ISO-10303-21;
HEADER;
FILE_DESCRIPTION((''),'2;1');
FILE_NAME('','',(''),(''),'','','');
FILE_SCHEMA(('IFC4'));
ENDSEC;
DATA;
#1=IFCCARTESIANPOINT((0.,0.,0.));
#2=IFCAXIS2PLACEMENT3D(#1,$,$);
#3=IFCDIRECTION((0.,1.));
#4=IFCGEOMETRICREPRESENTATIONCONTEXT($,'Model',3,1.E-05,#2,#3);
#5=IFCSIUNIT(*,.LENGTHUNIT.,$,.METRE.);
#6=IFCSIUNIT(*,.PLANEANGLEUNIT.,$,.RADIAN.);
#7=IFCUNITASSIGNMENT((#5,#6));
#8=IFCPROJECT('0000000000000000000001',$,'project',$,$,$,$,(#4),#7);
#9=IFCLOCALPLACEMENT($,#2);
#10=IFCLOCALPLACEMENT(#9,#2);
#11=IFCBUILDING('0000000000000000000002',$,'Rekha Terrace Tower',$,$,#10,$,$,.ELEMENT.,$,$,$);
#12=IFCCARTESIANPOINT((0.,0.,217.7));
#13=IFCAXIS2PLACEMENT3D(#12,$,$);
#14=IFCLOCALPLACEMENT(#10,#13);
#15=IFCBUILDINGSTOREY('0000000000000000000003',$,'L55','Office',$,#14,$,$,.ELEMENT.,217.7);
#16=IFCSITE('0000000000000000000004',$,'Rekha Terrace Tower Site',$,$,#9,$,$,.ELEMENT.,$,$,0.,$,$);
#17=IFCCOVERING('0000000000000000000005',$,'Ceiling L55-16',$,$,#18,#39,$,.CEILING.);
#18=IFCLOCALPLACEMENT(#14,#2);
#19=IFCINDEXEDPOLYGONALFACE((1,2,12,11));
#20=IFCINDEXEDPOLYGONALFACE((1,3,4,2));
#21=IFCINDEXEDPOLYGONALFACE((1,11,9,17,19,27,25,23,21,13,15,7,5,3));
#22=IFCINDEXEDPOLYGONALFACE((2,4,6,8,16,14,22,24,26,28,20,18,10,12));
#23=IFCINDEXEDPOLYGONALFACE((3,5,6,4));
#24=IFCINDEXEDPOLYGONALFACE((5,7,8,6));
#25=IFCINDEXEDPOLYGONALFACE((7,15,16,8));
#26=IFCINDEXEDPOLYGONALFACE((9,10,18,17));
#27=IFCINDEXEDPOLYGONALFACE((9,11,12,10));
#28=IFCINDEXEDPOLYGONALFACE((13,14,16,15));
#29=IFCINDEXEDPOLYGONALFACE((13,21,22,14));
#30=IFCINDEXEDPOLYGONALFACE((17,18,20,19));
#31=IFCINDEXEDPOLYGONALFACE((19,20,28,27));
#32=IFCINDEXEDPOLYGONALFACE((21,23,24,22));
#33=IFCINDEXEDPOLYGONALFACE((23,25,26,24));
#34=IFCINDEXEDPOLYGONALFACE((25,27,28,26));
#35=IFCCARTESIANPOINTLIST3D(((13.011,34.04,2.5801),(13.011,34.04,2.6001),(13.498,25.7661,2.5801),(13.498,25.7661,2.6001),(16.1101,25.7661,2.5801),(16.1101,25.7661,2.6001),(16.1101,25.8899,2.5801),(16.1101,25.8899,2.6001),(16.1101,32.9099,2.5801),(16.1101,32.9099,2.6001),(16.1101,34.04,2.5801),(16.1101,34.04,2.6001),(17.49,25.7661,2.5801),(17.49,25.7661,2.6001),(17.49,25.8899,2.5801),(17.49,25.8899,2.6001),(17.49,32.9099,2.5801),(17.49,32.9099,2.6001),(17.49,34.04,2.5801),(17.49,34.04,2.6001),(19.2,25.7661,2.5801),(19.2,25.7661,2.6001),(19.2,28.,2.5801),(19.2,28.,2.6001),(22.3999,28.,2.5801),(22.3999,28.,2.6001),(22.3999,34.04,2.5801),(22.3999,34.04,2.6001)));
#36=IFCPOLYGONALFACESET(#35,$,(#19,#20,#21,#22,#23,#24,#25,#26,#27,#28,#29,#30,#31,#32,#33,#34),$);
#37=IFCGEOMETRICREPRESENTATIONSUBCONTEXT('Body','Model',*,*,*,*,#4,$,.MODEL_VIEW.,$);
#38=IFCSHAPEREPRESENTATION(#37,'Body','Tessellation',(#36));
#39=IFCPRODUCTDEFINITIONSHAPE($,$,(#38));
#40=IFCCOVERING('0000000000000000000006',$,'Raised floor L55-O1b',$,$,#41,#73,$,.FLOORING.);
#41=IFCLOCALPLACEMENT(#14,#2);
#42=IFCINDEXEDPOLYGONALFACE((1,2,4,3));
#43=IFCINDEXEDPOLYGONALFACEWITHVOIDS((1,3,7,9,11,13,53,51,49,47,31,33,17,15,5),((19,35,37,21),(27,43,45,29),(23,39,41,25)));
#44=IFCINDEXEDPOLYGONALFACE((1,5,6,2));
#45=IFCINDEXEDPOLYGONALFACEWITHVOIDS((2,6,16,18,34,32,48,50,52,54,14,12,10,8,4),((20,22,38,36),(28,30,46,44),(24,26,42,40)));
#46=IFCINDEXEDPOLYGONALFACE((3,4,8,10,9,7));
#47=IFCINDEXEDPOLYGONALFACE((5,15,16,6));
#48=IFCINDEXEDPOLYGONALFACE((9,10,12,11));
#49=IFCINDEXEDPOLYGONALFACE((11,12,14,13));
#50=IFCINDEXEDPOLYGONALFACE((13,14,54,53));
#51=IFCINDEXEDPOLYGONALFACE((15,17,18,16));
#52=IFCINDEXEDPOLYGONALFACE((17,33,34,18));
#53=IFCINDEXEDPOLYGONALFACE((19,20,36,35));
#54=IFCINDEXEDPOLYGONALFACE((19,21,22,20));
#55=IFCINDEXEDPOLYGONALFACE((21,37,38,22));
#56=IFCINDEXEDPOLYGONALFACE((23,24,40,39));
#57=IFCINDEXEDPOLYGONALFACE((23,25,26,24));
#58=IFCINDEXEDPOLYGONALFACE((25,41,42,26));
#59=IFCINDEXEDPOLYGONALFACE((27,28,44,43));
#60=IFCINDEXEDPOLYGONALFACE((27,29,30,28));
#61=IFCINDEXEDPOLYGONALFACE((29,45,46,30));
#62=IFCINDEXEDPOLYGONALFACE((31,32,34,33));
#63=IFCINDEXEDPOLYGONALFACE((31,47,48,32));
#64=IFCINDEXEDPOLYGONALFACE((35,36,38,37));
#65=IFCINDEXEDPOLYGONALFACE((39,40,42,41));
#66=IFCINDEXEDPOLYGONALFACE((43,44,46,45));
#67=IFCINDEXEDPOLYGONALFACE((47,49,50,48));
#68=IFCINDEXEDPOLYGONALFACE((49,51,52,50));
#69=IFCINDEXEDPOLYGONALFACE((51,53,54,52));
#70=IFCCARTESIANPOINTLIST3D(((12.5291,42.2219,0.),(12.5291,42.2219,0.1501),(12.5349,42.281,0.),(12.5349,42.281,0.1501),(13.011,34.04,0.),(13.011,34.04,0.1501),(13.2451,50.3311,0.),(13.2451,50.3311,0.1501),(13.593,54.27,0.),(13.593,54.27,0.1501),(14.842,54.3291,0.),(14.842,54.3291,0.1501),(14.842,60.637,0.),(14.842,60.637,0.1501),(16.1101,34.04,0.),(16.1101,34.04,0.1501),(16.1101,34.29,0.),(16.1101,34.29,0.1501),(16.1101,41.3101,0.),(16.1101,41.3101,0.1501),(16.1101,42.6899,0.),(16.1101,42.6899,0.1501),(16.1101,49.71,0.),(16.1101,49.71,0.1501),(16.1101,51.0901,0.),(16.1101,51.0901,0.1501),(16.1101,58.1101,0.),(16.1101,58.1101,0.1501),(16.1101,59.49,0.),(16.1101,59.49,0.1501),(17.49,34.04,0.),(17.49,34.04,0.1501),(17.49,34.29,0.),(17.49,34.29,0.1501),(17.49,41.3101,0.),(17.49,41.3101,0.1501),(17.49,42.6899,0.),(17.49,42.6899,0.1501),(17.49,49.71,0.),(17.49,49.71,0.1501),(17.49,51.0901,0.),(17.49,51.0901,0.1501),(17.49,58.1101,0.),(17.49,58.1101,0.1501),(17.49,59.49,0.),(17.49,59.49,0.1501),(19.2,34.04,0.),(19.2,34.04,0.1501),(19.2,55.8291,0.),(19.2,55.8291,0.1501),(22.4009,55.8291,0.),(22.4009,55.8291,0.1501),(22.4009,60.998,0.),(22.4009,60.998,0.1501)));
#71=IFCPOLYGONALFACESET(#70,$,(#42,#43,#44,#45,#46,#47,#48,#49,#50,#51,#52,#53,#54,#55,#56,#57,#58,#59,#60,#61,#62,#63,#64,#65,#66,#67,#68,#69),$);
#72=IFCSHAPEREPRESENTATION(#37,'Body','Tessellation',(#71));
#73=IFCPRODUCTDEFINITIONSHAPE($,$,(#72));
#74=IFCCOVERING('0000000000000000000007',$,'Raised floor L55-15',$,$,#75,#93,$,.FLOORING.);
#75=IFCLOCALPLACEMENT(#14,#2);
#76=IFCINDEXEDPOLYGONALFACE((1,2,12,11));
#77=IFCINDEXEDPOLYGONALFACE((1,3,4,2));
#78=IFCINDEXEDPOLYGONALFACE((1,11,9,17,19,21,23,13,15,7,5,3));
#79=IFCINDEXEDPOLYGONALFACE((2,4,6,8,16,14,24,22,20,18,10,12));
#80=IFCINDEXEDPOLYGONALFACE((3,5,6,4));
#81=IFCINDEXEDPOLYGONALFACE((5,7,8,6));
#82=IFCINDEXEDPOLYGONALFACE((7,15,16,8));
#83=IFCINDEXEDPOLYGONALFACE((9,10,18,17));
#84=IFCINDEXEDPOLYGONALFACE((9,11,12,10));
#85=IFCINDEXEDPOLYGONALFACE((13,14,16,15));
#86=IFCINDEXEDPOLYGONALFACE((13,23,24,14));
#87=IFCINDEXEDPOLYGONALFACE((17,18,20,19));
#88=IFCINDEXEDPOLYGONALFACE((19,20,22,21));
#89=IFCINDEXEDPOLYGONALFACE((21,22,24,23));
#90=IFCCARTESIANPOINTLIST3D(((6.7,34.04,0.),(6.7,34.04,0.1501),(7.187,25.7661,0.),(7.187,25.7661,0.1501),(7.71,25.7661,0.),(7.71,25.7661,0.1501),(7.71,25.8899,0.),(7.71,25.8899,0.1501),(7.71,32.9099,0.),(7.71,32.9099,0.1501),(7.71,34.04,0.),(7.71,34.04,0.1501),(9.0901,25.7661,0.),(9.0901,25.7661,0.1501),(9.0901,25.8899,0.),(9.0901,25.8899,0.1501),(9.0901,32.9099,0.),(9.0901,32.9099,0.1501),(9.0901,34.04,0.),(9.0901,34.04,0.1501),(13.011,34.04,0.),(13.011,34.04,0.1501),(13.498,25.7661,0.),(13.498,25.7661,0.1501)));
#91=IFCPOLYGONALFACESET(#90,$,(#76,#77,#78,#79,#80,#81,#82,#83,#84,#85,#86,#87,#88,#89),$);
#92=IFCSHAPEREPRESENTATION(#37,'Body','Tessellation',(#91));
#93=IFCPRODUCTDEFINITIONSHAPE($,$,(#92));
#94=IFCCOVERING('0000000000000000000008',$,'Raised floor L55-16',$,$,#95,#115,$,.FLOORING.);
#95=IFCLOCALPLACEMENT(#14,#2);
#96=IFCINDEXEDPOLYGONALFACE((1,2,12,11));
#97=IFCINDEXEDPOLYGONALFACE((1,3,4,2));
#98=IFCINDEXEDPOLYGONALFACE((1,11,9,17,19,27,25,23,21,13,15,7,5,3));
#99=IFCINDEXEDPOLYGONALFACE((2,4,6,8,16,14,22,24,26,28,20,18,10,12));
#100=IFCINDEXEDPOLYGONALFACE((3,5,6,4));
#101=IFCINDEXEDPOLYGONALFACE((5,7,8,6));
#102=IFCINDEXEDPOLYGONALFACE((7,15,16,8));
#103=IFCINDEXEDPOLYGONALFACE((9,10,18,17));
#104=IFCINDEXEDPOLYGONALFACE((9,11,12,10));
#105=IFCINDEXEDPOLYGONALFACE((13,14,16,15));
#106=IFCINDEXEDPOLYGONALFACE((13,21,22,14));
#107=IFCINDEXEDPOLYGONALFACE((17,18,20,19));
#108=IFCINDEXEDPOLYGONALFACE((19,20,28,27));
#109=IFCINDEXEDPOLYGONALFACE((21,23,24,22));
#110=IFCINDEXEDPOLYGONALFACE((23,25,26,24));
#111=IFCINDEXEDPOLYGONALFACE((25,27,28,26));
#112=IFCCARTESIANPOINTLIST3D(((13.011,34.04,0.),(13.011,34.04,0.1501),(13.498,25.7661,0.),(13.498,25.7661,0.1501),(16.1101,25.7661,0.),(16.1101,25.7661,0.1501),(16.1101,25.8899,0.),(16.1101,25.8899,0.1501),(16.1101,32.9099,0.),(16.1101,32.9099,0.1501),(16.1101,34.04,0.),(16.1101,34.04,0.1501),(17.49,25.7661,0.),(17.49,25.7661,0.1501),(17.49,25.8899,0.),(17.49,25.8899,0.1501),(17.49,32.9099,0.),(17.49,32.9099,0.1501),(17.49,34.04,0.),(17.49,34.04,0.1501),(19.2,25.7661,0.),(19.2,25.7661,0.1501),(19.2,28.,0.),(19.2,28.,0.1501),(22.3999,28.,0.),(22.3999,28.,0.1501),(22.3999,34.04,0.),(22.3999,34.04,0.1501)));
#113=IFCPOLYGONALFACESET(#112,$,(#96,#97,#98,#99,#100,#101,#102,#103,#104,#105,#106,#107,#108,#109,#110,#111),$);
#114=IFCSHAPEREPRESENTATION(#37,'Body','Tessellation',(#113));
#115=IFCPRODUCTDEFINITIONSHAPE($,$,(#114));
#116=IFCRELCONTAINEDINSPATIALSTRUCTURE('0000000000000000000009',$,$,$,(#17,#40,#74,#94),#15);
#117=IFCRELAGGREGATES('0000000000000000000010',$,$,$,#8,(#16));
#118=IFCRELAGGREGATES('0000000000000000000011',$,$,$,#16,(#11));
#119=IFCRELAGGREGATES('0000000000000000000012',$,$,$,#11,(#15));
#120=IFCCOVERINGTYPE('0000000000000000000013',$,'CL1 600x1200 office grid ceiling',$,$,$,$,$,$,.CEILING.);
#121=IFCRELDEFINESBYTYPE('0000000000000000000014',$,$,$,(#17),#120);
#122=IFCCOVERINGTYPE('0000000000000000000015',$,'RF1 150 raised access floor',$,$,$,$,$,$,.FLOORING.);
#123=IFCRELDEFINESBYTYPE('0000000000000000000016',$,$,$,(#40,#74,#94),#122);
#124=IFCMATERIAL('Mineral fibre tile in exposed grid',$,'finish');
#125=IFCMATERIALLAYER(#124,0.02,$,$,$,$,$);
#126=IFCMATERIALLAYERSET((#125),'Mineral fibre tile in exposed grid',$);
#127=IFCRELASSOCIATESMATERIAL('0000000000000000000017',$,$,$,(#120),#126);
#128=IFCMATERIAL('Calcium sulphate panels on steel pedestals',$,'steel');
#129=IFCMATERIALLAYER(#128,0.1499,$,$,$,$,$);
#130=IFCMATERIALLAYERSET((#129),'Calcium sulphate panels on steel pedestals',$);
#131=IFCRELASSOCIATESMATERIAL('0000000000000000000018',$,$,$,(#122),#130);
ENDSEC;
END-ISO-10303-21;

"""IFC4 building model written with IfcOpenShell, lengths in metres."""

from ifc_helpers import new_model, si_unit, direction, frame, origin, place, context, subcontext, project, spatial, polyline, outline, extrude, material, layer, layer_set, type_object, element, save


model = new_model("IFC4")

# Units and contexts
model_context = context("Model", 3, precision=1e-05, world=origin(), true_north=direction((0.0, 1.0)))
body_context = subcontext(model_context, "Body", "Model", "MODEL_VIEW")
ifc_project = project(units=[si_unit("LENGTHUNIT", "METRE"), si_unit("PLANEANGLEUNIT", "RADIAN")], contexts=[model_context])

# Site, building, storey
site_placement = place(None, origin())
site = spatial("IfcSite", under=ifc_project, at=site_placement, Name="Rekha Terrace Tower Site", CompositionType="ELEMENT", RefElevation=0.0)
building_placement = place(site_placement, origin())
building = spatial("IfcBuilding", under=site, at=building_placement, Name="Rekha Terrace Tower", CompositionType="ELEMENT")
storey_placement = place(building_placement, frame((0.0, 0.0, 217.7)))
storey = spatial("IfcBuildingStorey", under=building, at=storey_placement, Name="L55", Description="Office", CompositionType="ELEMENT", Elevation=217.7)

# Coverings
ifc_material_1 = material(Name="Mineral fibre tile in exposed grid", Category="finish")
ifc_layer_1 = layer(ifc_material_1, 0.02)
ifc_layer_set_1 = layer_set([ifc_layer_1], Name="Mineral fibre tile in exposed grid")
covering_type_1 = type_object("IfcCoveringType", Name="CL1 600x1200 office grid ceiling", PredefinedType="CEILING", material=ifc_layer_set_1)
covering_1_placement = place(storey_placement, frame((0.0, 0.0, 2.5801)))
element("IfcCovering", 1, at=covering_1_placement, inside=storey, type_object=covering_type_1, Name="Ceiling L55-16", PredefinedType="CEILING", context=body_context, shape_type="SweptSolid", body=[
    extrude(outline(polyline([(19.2, 25.7661), (19.2, 28.0), (22.3999, 28.0), (22.3999, 34.04), (17.49, 34.04), (17.49, 32.9099), (16.1101, 32.9099), (16.1101, 34.04), (13.011, 34.04), (13.498, 25.7661), (16.1101, 25.7661), (16.1101, 25.8899), (17.49, 25.8899), (17.49, 25.7661), (19.2, 25.7661)])), origin(), (0.0, 0.0, 1.0), 0.02),
])
ifc_material_2 = material(Name="Calcium sulphate panels on steel pedestals", Category="steel")
ifc_layer_2 = layer(ifc_material_2, 0.1499)
ifc_layer_set_2 = layer_set([ifc_layer_2], Name="Calcium sulphate panels on steel pedestals")
covering_type_2 = type_object("IfcCoveringType", Name="RF1 150 raised access floor", PredefinedType="FLOORING", material=ifc_layer_set_2)
covering_2_placement = place(storey_placement, origin())
element("IfcCovering", 2, at=covering_2_placement, inside=storey, type_object=covering_type_2, Name="Raised floor L55-O1b", PredefinedType="FLOORING", context=body_context, shape_type="SweptSolid", body=[
    extrude(outline(polyline([(13.2451, 50.3311), (12.5349, 42.281), (12.5291, 42.2219), (13.011, 34.04), (16.1101, 34.04), (16.1101, 34.29), (17.49, 34.29), (17.49, 34.04), (19.2, 34.04), (19.2, 55.8291), (22.4009, 55.8291), (22.4009, 60.998), (14.842, 60.637), (14.842, 54.3291), (13.593, 54.27), (13.2451, 50.3311)]), holes=[polyline([(17.49, 42.6899), (17.49, 41.3101), (16.1101, 41.3101), (16.1101, 42.6899), (17.49, 42.6899)]), polyline([(17.49, 51.0901), (17.49, 49.71), (16.1101, 49.71), (16.1101, 51.0901), (17.49, 51.0901)]), polyline([(17.49, 59.49), (17.49, 58.1101), (16.1101, 58.1101), (16.1101, 59.49), (17.49, 59.49)])]), origin(), (0.0, 0.0, 1.0), 0.1501),
])
covering_3_placement = place(storey_placement, origin())
element("IfcCovering", 3, at=covering_3_placement, inside=storey, type_object=covering_type_2, Name="Raised floor L55-15", PredefinedType="FLOORING", context=body_context, shape_type="SweptSolid", body=[
    extrude(outline(polyline([(9.0901, 25.8899), (9.0901, 25.7661), (13.498, 25.7661), (13.011, 34.04), (9.0901, 34.04), (9.0901, 32.9099), (7.71, 32.9099), (7.71, 34.04), (6.7, 34.04), (7.187, 25.7661), (7.71, 25.7661), (7.71, 25.8899), (9.0901, 25.8899)])), origin(), (0.0, 0.0, 1.0), 0.1501),
])
covering_4_placement = place(storey_placement, origin())
element("IfcCovering", 4, at=covering_4_placement, inside=storey, type_object=covering_type_2, Name="Raised floor L55-16", PredefinedType="FLOORING", context=body_context, shape_type="SweptSolid", body=[
    extrude(outline(polyline([(19.2, 25.7661), (19.2, 28.0), (22.3999, 28.0), (22.3999, 34.04), (17.49, 34.04), (17.49, 32.9099), (16.1101, 32.9099), (16.1101, 34.04), (13.011, 34.04), (13.498, 25.7661), (16.1101, 25.7661), (16.1101, 25.8899), (17.49, 25.8899), (17.49, 25.7661), (19.2, 25.7661)])), origin(), (0.0, 0.0, 1.0), 0.1501),
])

save(model, "model.ifc")
